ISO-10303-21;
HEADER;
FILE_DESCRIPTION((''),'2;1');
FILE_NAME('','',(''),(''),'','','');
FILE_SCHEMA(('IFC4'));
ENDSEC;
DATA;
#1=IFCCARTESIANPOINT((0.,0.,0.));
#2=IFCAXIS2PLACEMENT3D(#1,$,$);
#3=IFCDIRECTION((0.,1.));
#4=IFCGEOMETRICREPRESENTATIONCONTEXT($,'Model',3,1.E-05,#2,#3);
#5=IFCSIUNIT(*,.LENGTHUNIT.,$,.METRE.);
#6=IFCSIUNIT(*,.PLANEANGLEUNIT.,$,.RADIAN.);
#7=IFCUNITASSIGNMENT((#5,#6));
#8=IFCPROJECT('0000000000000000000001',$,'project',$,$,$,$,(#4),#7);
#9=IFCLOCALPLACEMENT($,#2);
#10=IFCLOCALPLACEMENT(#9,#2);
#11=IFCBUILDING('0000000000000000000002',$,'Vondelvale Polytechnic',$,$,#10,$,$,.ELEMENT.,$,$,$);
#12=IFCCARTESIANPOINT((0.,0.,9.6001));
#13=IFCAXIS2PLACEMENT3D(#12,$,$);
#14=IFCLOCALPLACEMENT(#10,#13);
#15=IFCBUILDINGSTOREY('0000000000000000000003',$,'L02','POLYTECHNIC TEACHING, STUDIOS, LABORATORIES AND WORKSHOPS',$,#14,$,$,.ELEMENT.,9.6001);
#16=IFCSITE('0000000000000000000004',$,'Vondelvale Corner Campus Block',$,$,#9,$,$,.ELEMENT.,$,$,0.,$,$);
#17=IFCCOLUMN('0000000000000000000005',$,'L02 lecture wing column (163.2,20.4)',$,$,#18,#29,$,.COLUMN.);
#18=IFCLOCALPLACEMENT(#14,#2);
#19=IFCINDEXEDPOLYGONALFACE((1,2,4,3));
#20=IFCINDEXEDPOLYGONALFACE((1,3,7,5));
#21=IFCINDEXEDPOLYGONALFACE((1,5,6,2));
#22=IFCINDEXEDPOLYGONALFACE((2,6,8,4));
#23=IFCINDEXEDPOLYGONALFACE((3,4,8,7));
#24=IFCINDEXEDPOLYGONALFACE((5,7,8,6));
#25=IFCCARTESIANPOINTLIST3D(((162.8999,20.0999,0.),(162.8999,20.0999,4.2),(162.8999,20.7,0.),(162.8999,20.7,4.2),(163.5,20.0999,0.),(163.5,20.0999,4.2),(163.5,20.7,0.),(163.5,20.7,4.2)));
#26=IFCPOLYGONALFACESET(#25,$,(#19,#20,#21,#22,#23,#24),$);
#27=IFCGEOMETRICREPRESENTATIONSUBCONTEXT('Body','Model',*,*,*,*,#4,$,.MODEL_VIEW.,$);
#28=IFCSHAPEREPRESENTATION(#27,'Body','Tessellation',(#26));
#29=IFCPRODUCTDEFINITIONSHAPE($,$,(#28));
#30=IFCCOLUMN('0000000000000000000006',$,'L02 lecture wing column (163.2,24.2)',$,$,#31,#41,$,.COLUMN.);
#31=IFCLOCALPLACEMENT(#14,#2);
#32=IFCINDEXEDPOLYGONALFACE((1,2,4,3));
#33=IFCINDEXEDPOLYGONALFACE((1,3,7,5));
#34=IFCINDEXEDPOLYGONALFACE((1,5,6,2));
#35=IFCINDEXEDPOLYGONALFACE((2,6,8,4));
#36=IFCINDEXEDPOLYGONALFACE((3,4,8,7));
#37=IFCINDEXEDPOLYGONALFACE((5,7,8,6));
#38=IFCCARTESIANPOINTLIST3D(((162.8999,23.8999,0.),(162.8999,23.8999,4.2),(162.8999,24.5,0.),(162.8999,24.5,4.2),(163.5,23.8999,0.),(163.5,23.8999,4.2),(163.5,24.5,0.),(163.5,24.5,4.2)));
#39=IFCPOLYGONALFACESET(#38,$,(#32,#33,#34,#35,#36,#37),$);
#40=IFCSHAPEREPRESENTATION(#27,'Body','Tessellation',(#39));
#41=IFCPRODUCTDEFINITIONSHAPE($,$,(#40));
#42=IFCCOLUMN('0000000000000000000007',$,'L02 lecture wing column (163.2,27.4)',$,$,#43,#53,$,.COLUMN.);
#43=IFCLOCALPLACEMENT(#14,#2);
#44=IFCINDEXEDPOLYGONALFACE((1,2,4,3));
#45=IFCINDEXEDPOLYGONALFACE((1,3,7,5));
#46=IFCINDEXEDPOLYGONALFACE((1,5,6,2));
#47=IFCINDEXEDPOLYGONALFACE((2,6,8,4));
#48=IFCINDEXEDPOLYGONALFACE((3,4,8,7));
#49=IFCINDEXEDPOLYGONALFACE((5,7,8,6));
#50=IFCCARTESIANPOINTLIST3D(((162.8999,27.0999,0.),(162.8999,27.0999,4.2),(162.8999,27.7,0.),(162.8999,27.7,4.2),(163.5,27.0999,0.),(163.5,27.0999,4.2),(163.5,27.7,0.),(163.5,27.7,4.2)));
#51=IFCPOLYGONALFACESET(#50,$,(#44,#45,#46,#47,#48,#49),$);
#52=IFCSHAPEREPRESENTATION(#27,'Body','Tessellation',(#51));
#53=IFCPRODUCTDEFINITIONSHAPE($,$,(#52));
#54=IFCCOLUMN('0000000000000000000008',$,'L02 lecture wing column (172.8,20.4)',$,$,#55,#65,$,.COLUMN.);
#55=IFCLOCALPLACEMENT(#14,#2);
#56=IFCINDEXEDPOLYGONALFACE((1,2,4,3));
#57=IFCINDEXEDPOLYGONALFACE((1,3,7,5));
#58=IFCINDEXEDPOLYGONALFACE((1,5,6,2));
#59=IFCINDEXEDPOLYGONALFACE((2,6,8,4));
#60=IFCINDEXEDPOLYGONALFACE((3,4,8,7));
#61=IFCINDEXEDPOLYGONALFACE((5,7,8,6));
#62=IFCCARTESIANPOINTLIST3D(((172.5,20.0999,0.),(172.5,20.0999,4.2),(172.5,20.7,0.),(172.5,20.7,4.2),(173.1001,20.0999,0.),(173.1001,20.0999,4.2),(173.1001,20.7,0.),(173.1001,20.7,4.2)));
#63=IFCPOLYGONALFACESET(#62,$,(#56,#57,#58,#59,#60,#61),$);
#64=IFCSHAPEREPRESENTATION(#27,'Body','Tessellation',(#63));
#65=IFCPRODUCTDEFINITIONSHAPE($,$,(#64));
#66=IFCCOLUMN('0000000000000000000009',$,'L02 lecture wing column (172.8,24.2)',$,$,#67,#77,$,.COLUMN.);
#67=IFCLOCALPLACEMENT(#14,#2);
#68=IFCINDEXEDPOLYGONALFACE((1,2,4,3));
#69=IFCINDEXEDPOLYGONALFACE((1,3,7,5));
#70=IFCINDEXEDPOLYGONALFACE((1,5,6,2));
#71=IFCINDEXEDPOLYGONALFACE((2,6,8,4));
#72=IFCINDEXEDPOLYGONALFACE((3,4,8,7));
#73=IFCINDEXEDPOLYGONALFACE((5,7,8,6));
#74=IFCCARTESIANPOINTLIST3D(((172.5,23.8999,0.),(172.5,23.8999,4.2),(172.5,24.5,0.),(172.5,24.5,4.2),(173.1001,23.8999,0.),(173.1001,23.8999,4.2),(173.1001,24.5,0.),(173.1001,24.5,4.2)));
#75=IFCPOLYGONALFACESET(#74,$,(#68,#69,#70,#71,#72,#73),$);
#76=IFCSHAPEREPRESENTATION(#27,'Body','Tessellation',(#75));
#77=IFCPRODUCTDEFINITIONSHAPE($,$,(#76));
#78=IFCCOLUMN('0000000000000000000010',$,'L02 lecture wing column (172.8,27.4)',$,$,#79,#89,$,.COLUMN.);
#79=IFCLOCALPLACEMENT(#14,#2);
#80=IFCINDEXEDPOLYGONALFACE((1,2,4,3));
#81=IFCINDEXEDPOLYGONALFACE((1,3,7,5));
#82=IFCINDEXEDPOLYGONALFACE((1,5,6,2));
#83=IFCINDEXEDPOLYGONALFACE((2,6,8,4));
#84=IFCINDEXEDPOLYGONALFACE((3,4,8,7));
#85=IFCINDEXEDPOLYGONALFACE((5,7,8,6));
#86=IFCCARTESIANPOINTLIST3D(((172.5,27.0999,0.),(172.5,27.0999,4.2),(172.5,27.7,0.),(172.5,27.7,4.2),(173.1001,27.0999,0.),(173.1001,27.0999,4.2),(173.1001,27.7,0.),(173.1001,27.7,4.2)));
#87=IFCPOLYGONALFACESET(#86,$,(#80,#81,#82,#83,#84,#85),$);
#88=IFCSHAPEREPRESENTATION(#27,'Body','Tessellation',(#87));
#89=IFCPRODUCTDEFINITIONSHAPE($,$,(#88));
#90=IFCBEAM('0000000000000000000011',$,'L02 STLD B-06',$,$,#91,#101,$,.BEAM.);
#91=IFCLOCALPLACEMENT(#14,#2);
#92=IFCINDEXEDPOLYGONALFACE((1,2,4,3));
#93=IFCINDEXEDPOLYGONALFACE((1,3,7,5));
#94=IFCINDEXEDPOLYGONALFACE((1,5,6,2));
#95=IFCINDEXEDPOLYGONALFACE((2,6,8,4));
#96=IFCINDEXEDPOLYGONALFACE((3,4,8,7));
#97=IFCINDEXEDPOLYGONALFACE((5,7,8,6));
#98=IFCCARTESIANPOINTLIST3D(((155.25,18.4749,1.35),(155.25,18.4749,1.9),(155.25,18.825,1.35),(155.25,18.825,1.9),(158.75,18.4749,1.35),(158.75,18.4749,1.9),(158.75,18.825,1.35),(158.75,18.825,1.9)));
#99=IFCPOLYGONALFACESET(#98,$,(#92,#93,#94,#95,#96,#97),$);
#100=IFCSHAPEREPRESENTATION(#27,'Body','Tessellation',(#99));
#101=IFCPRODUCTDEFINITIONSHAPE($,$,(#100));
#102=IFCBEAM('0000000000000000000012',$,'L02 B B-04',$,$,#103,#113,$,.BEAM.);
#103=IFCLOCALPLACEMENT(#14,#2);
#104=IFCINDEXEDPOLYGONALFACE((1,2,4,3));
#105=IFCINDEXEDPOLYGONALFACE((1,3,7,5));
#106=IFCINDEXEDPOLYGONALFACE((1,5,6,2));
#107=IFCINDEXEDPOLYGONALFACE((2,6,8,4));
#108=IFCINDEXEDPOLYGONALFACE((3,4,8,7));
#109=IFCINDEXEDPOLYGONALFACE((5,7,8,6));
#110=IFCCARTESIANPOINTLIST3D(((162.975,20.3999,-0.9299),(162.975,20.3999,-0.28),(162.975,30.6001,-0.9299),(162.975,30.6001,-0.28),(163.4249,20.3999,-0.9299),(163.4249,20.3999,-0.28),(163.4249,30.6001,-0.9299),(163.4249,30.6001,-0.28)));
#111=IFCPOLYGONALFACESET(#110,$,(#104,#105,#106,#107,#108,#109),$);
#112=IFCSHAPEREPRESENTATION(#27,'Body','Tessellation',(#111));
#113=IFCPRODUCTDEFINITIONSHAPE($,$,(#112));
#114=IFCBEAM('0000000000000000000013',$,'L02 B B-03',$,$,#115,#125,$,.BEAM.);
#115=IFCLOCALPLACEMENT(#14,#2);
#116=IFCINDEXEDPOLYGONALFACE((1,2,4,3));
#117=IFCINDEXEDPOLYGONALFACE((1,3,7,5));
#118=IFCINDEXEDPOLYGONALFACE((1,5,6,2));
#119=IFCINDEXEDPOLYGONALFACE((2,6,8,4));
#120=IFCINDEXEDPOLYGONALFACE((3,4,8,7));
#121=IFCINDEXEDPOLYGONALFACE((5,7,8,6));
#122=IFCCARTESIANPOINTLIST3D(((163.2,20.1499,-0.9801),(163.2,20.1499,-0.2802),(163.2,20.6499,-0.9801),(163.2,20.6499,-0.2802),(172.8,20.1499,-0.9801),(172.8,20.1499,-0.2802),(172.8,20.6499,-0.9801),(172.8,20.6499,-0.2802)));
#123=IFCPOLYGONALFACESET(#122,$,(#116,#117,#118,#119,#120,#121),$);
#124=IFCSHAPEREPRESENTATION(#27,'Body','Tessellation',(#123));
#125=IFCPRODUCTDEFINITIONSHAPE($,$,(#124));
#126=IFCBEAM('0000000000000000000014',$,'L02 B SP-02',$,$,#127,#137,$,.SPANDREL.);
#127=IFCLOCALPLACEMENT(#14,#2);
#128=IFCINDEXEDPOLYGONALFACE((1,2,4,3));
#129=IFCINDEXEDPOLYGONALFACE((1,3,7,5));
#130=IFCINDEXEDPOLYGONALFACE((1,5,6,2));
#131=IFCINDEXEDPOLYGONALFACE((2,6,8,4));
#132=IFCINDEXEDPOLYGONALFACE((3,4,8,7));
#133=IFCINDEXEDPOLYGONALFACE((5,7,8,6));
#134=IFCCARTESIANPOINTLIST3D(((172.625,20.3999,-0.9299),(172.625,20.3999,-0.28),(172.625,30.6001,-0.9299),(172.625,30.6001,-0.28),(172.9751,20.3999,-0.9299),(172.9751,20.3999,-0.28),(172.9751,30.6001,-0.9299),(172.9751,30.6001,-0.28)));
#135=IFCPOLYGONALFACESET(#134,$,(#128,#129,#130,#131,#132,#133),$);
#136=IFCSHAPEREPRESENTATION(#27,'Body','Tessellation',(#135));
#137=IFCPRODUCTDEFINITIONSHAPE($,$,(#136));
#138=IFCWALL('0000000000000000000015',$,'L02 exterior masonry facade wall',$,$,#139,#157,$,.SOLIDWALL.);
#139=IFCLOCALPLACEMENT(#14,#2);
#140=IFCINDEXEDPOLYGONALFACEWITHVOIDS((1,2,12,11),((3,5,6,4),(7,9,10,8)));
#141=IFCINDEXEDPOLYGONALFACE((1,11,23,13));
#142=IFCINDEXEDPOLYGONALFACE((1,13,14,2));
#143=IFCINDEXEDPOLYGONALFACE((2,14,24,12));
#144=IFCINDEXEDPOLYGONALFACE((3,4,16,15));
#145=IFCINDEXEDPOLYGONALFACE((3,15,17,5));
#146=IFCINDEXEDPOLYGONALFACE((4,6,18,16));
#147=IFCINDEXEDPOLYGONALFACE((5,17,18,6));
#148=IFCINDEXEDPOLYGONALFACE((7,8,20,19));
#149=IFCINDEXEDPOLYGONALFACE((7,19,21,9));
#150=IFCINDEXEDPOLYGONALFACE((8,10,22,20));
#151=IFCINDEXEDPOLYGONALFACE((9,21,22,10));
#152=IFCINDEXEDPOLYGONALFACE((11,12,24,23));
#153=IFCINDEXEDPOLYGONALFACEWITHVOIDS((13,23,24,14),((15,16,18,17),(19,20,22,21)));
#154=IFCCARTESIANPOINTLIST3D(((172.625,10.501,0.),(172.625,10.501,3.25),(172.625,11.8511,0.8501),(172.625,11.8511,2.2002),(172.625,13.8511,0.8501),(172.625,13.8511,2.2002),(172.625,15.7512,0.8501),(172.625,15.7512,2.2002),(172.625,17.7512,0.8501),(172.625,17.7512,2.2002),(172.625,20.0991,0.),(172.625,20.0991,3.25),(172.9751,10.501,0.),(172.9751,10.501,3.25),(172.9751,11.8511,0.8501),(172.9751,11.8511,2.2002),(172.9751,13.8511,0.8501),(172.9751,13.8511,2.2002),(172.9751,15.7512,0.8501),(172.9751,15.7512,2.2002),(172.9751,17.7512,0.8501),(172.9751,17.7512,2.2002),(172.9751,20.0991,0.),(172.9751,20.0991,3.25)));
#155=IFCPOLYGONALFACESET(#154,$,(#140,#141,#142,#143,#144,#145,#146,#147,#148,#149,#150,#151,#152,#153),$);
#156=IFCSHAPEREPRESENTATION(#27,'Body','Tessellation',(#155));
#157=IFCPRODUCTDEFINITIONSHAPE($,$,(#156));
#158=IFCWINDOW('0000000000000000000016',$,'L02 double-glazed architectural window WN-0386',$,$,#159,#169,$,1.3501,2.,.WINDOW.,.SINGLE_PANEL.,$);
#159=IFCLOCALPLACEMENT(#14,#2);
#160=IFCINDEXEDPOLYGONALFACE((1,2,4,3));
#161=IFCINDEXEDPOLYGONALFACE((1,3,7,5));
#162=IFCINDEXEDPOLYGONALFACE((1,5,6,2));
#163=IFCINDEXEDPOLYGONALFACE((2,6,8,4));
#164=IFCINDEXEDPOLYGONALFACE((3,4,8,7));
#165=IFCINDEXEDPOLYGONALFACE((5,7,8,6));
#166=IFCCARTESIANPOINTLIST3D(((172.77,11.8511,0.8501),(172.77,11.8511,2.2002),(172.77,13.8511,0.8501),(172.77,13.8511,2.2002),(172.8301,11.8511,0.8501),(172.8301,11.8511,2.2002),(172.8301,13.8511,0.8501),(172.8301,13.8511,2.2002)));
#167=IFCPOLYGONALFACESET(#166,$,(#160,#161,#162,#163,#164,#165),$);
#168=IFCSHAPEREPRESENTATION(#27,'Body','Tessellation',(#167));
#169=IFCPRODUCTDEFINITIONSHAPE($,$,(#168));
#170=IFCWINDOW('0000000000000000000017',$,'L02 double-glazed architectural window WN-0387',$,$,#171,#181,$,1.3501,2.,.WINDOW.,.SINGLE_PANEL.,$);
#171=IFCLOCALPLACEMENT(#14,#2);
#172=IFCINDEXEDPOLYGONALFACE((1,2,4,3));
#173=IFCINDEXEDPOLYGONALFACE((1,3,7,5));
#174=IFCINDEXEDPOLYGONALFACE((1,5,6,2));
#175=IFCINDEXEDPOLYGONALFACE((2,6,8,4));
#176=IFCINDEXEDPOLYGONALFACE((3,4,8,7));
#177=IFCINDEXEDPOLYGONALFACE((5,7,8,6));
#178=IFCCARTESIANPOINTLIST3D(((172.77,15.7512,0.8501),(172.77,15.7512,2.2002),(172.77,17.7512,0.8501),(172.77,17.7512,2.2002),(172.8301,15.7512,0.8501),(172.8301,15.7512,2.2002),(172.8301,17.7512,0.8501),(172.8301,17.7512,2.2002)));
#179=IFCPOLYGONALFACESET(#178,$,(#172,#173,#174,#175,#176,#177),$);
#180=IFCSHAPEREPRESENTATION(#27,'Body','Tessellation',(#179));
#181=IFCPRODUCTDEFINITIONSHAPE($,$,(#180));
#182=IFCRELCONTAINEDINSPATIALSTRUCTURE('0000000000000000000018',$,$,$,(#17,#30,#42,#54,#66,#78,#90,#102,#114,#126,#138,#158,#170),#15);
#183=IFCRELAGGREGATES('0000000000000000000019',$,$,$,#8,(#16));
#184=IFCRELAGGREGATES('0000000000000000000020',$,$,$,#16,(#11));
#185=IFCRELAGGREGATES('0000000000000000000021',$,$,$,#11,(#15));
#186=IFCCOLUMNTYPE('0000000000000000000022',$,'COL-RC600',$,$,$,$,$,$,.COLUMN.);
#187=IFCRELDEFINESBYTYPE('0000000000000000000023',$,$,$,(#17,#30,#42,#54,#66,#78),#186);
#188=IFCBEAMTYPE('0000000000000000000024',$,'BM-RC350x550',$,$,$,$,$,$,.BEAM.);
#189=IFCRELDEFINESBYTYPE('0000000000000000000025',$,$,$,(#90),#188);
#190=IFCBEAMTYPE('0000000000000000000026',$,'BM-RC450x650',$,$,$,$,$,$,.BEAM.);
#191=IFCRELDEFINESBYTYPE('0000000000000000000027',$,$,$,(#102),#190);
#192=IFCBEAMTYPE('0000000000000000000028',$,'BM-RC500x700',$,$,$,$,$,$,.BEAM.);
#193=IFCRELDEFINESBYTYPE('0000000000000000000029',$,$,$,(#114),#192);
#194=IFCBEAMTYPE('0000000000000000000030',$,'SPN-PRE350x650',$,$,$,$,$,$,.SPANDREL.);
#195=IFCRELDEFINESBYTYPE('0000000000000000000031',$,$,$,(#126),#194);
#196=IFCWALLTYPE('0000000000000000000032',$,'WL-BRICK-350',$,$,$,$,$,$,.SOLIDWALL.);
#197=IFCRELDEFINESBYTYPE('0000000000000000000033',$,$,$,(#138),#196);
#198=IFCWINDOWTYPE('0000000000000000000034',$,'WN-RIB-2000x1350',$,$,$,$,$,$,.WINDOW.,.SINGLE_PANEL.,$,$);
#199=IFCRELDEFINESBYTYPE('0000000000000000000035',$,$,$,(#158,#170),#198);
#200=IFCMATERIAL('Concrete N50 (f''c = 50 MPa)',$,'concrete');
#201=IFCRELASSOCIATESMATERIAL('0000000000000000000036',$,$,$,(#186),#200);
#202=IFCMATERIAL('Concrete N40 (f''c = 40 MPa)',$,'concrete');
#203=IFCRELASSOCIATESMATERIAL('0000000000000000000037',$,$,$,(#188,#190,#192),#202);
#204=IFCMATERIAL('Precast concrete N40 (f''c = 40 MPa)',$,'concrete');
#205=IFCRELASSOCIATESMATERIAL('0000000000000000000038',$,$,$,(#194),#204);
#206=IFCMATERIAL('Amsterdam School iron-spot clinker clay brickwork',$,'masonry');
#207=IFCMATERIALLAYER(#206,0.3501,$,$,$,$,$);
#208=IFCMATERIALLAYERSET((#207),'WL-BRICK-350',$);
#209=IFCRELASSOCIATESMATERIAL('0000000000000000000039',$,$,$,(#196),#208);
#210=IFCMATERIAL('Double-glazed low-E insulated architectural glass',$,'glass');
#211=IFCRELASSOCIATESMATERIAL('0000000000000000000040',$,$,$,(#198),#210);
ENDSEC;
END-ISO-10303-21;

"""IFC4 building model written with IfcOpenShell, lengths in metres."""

from ifc_helpers import new_model, si_unit, direction, frame, frame_2d, origin, origin_2d, place, context, subcontext, project, spatial, rectangle, extrude, material, layer, layer_set, material_profile, profile_set, type_object, element, fill, save


model = new_model("IFC4")

# Units and contexts
model_context = context("Model", 3, precision=1e-05, world=origin(), true_north=direction((0.0, 1.0)))
body_context = subcontext(model_context, "Body", "Model", "MODEL_VIEW")
ifc_project = project(units=[si_unit("LENGTHUNIT", "METRE"), si_unit("PLANEANGLEUNIT", "RADIAN")], contexts=[model_context])

# Site, building, storey
site_placement = place(None, origin())
site = spatial("IfcSite", under=ifc_project, at=site_placement, Name="Vondelvale Corner Campus Block", CompositionType="ELEMENT", RefElevation=0.0)
building_placement = place(site_placement, origin())
building = spatial("IfcBuilding", under=site, at=building_placement, Name="Vondelvale Polytechnic", CompositionType="ELEMENT")
storey_placement = place(building_placement, frame((0.0, 0.0, 9.6001)))
storey = spatial("IfcBuildingStorey", under=building, at=storey_placement, Name="L02", Description="POLYTECHNIC TEACHING, STUDIOS, LABORATORIES AND WORKSHOPS", CompositionType="ELEMENT", Elevation=9.6001)

# Columns
ifc_material_1 = material(Name="Concrete N50 (f'c = 50 MPa)", Category="concrete")
ifc_material_profile_1 = material_profile(ifc_material_1, rectangle(XDim=0.6001, YDim=0.6001, at=origin_2d()), Name="RC-COL-600x600")
ifc_profile_set_1 = profile_set([ifc_material_profile_1], Name="Concrete N50 (f'c = 50 MPa)")
column_type = type_object("IfcColumnType", Name="COL-RC600", PredefinedType="COLUMN", material=ifc_profile_set_1)
for number, where, z_axis, x_axis, name in (
    (1, (163.2, 20.3999, 0.0), (0.0, 0.0, 1.0), (1.0, 0.0, 0.0), "L02 lecture wing column (163.2,20.4)"),
    (2, (163.2, 24.2, 0.0), (0.0, 0.0, 1.0), (1.0, 0.0, 0.0), "L02 lecture wing column (163.2,24.2)"),
    (3, (163.2, 27.3999, 0.0), (0.0, 0.0, 1.0), (1.0, 0.0, 0.0), "L02 lecture wing column (163.2,27.4)"),
    (4, (172.8, 20.3999, 0.0), (0.0, 0.0, 1.0), (1.0, 0.0, 0.0), "L02 lecture wing column (172.8,20.4)"),
    (5, (172.8, 24.2, 0.0), (0.0, 0.0, 1.0), (1.0, 0.0, 0.0), "L02 lecture wing column (172.8,24.2)"),
    (6, (172.8, 27.3999, 0.0), (0.0, 0.0, 1.0), (1.0, 0.0, 0.0), "L02 lecture wing column (172.8,27.4)"),
):
    element("IfcColumn", number, at=place(storey_placement, frame(where, z_axis=z_axis, x_axis=x_axis)), inside=storey, type_object=column_type, Name=name, PredefinedType="COLUMN", context=body_context, shape_type="SweptSolid", body=[
        extrude(rectangle(XDim=0.6001, YDim=0.6001, at=origin_2d()), origin(), (0.0, 0.0, 1.0), 4.2),
    ])

# Beams
ifc_material_2 = material(Name="Concrete N40 (f'c = 40 MPa)", Category="concrete")
ifc_material_profile_2 = material_profile(ifc_material_2, rectangle(XDim=0.3501, YDim=0.55, at=origin_2d()), Name="RC-BM-350x550")
ifc_profile_set_2 = profile_set([ifc_material_profile_2], Name="Concrete N40 (f'c = 40 MPa)")
beam_type_1 = type_object("IfcBeamType", Name="BM-RC350x550", PredefinedType="BEAM", material=ifc_profile_set_2)
beam_1_placement = place(storey_placement, frame((158.75, 18.6499, 1.625), z_axis=(-1.0, 0.0, 0.0), x_axis=(0.0, -1.0, 0.0)))
element("IfcBeam", 7, at=beam_1_placement, inside=storey, type_object=beam_type_1, Name="L02 STLD B-06", PredefinedType="BEAM", context=body_context, shape_type="SweptSolid", body=[
    extrude(rectangle(XDim=0.3501, YDim=0.55, at=origin_2d()), origin(), (0.0, 0.0, 1.0), 3.5),
])
ifc_material_profile_3 = material_profile(ifc_material_2, rectangle(XDim=0.45, YDim=0.6499, at=origin_2d()), Name="RC-BM-450x650")
ifc_profile_set_3 = profile_set([ifc_material_profile_3], Name="Concrete N40 (f'c = 40 MPa)")
beam_type_2 = type_object("IfcBeamType", Name="BM-RC450x650", PredefinedType="BEAM", material=ifc_profile_set_3)
beam_2_placement = place(storey_placement, frame((163.2, 20.3999, -0.605), z_axis=(0.0, 1.0, 0.0), x_axis=(-1.0, 0.0, 0.0)))
element("IfcBeam", 8, at=beam_2_placement, inside=storey, type_object=beam_type_2, Name="L02 B B-04", PredefinedType="BEAM", context=body_context, shape_type="SweptSolid", body=[
    extrude(rectangle(XDim=0.45, YDim=0.6499, at=origin_2d()), origin(), (0.0, 0.0, 1.0), 10.2002),
])
ifc_material_profile_4 = material_profile(ifc_material_2, rectangle(XDim=0.5, YDim=0.7, at=origin_2d()), Name="RC-BM-500x700")
ifc_profile_set_4 = profile_set([ifc_material_profile_4], Name="Concrete N40 (f'c = 40 MPa)")
beam_type_3 = type_object("IfcBeamType", Name="BM-RC500x700", PredefinedType="BEAM", material=ifc_profile_set_4)
beam_3_placement = place(storey_placement, frame((163.2, 20.3999, -0.6301), z_axis=(1.0, 0.0, 0.0), x_axis=(0.0, 1.0, 0.0)))
element("IfcBeam", 9, at=beam_3_placement, inside=storey, type_object=beam_type_3, Name="L02 B B-03", PredefinedType="BEAM", context=body_context, shape_type="SweptSolid", body=[
    extrude(rectangle(XDim=0.5, YDim=0.7, at=origin_2d()), origin(), (0.0, 0.0, 1.0), 9.6001),
])
ifc_material_3 = material(Name="Precast concrete N40 (f'c = 40 MPa)", Category="concrete")
ifc_material_profile_5 = material_profile(ifc_material_3, rectangle(XDim=0.3501, YDim=0.6499, at=origin_2d()), Name="RC-SPN-350x650")
ifc_profile_set_5 = profile_set([ifc_material_profile_5], Name="Precast concrete N40 (f'c = 40 MPa)")
beam_type_4 = type_object("IfcBeamType", Name="SPN-PRE350x650", PredefinedType="SPANDREL", material=ifc_profile_set_5)
beam_4_placement = place(storey_placement, frame((172.8, 20.3999, -0.605), z_axis=(0.0, 1.0, 0.0), x_axis=(-1.0, 0.0, 0.0)))
element("IfcBeam", 10, at=beam_4_placement, inside=storey, type_object=beam_type_4, Name="L02 B SP-02", PredefinedType="SPANDREL", context=body_context, shape_type="SweptSolid", body=[
    extrude(rectangle(XDim=0.3501, YDim=0.6499, at=origin_2d()), origin(), (0.0, 0.0, 1.0), 10.2002),
])

# Wall, openings, windows
ifc_material_4 = material(Name="Amsterdam School iron-spot clinker clay brickwork", Category="masonry")
ifc_layer_1 = layer(ifc_material_4, 0.3501)
ifc_layer_set_1 = layer_set([ifc_layer_1], Name="WL-BRICK-350")
wall_type_1 = type_object("IfcWallType", Name="WL-BRICK-350", PredefinedType="SOLIDWALL", material=ifc_layer_set_1)
wall_1_placement = place(storey_placement, frame((172.8, 20.0991, 0.0), z_axis=(0.0, 0.0, 1.0), x_axis=(0.0, -1.0, 0.0)))
wall_1 = element("IfcWall", 11, at=wall_1_placement, inside=storey, type_object=wall_type_1, Name="L02 exterior masonry facade wall", PredefinedType="SOLIDWALL", context=body_context, shape_type="SweptSolid", body=[
    extrude(rectangle(XDim=9.5981, YDim=0.3501, at=frame_2d((4.7991, 0.0))), origin(), (0.0, 0.0, 1.0), 3.25),
])
opening_1_placement = place(wall_1_placement, frame((6.248, 0.0, 0.8501)))
opening_1 = element("IfcOpeningElement", 12, at=opening_1_placement, cuts=wall_1, PredefinedType="OPENING", context=body_context, shape_type="SweptSolid", body=[
    extrude(rectangle(XDim=2.0, YDim=1.3501, at=frame_2d((1.0, 0.675))), frame((0.0, 0.1851, 0.0), z_axis=(0.0, -1.0, 0.0), x_axis=(1.0, 0.0, 0.0)), (0.0, 0.0, 1.0), 0.3701),
])
opening_2_placement = place(wall_1_placement, frame((2.3479, 0.0, 0.8501)))
opening_2 = element("IfcOpeningElement", 13, at=opening_2_placement, cuts=wall_1, PredefinedType="OPENING", context=body_context, shape_type="SweptSolid", body=[
    extrude(rectangle(XDim=2.0, YDim=1.3501, at=frame_2d((1.0, 0.675))), frame((0.0, 0.1851, 0.0), z_axis=(0.0, -1.0, 0.0), x_axis=(1.0, 0.0, 0.0)), (0.0, 0.0, 1.0), 0.3701),
])
ifc_material_5 = material(Name="Double-glazed low-E insulated architectural glass", Category="glass")
window_type_1 = type_object("IfcWindowType", Name="WN-RIB-2000x1350", PartitioningType="SINGLE_PANEL", PredefinedType="WINDOW", material=ifc_material_5)
window_1_placement = place(opening_1_placement, origin())
window_1 = element("IfcWindow", 14, at=window_1_placement, inside=storey, type_object=window_type_1, Name="L02 double-glazed architectural window WN-0386", OverallHeight=1.3501, OverallWidth=2.0, PartitioningType="SINGLE_PANEL", PredefinedType="WINDOW", context=body_context, shape_type="SweptSolid", body=[
    extrude(rectangle(XDim=2.0, YDim=1.3501, at=frame_2d((1.0, 0.675))), frame((0.0, 0.03, 0.0), z_axis=(0.0, -1.0, 0.0), x_axis=(1.0, 0.0, 0.0)), (0.0, 0.0, 1.0), 0.0601),
])
fill(opening_1, window_1)
window_2_placement = place(opening_2_placement, origin())
window_2 = element("IfcWindow", 15, at=window_2_placement, inside=storey, type_object=window_type_1, Name="L02 double-glazed architectural window WN-0387", OverallHeight=1.3501, OverallWidth=2.0, PartitioningType="SINGLE_PANEL", PredefinedType="WINDOW", context=body_context, shape_type="SweptSolid", body=[
    extrude(rectangle(XDim=2.0, YDim=1.3501, at=frame_2d((1.0, 0.675))), frame((0.0, 0.03, 0.0), z_axis=(0.0, -1.0, 0.0), x_axis=(1.0, 0.0, 0.0)), (0.0, 0.0, 1.0), 0.0601),
])
fill(opening_2, window_2)

save(model, "model.ifc")
